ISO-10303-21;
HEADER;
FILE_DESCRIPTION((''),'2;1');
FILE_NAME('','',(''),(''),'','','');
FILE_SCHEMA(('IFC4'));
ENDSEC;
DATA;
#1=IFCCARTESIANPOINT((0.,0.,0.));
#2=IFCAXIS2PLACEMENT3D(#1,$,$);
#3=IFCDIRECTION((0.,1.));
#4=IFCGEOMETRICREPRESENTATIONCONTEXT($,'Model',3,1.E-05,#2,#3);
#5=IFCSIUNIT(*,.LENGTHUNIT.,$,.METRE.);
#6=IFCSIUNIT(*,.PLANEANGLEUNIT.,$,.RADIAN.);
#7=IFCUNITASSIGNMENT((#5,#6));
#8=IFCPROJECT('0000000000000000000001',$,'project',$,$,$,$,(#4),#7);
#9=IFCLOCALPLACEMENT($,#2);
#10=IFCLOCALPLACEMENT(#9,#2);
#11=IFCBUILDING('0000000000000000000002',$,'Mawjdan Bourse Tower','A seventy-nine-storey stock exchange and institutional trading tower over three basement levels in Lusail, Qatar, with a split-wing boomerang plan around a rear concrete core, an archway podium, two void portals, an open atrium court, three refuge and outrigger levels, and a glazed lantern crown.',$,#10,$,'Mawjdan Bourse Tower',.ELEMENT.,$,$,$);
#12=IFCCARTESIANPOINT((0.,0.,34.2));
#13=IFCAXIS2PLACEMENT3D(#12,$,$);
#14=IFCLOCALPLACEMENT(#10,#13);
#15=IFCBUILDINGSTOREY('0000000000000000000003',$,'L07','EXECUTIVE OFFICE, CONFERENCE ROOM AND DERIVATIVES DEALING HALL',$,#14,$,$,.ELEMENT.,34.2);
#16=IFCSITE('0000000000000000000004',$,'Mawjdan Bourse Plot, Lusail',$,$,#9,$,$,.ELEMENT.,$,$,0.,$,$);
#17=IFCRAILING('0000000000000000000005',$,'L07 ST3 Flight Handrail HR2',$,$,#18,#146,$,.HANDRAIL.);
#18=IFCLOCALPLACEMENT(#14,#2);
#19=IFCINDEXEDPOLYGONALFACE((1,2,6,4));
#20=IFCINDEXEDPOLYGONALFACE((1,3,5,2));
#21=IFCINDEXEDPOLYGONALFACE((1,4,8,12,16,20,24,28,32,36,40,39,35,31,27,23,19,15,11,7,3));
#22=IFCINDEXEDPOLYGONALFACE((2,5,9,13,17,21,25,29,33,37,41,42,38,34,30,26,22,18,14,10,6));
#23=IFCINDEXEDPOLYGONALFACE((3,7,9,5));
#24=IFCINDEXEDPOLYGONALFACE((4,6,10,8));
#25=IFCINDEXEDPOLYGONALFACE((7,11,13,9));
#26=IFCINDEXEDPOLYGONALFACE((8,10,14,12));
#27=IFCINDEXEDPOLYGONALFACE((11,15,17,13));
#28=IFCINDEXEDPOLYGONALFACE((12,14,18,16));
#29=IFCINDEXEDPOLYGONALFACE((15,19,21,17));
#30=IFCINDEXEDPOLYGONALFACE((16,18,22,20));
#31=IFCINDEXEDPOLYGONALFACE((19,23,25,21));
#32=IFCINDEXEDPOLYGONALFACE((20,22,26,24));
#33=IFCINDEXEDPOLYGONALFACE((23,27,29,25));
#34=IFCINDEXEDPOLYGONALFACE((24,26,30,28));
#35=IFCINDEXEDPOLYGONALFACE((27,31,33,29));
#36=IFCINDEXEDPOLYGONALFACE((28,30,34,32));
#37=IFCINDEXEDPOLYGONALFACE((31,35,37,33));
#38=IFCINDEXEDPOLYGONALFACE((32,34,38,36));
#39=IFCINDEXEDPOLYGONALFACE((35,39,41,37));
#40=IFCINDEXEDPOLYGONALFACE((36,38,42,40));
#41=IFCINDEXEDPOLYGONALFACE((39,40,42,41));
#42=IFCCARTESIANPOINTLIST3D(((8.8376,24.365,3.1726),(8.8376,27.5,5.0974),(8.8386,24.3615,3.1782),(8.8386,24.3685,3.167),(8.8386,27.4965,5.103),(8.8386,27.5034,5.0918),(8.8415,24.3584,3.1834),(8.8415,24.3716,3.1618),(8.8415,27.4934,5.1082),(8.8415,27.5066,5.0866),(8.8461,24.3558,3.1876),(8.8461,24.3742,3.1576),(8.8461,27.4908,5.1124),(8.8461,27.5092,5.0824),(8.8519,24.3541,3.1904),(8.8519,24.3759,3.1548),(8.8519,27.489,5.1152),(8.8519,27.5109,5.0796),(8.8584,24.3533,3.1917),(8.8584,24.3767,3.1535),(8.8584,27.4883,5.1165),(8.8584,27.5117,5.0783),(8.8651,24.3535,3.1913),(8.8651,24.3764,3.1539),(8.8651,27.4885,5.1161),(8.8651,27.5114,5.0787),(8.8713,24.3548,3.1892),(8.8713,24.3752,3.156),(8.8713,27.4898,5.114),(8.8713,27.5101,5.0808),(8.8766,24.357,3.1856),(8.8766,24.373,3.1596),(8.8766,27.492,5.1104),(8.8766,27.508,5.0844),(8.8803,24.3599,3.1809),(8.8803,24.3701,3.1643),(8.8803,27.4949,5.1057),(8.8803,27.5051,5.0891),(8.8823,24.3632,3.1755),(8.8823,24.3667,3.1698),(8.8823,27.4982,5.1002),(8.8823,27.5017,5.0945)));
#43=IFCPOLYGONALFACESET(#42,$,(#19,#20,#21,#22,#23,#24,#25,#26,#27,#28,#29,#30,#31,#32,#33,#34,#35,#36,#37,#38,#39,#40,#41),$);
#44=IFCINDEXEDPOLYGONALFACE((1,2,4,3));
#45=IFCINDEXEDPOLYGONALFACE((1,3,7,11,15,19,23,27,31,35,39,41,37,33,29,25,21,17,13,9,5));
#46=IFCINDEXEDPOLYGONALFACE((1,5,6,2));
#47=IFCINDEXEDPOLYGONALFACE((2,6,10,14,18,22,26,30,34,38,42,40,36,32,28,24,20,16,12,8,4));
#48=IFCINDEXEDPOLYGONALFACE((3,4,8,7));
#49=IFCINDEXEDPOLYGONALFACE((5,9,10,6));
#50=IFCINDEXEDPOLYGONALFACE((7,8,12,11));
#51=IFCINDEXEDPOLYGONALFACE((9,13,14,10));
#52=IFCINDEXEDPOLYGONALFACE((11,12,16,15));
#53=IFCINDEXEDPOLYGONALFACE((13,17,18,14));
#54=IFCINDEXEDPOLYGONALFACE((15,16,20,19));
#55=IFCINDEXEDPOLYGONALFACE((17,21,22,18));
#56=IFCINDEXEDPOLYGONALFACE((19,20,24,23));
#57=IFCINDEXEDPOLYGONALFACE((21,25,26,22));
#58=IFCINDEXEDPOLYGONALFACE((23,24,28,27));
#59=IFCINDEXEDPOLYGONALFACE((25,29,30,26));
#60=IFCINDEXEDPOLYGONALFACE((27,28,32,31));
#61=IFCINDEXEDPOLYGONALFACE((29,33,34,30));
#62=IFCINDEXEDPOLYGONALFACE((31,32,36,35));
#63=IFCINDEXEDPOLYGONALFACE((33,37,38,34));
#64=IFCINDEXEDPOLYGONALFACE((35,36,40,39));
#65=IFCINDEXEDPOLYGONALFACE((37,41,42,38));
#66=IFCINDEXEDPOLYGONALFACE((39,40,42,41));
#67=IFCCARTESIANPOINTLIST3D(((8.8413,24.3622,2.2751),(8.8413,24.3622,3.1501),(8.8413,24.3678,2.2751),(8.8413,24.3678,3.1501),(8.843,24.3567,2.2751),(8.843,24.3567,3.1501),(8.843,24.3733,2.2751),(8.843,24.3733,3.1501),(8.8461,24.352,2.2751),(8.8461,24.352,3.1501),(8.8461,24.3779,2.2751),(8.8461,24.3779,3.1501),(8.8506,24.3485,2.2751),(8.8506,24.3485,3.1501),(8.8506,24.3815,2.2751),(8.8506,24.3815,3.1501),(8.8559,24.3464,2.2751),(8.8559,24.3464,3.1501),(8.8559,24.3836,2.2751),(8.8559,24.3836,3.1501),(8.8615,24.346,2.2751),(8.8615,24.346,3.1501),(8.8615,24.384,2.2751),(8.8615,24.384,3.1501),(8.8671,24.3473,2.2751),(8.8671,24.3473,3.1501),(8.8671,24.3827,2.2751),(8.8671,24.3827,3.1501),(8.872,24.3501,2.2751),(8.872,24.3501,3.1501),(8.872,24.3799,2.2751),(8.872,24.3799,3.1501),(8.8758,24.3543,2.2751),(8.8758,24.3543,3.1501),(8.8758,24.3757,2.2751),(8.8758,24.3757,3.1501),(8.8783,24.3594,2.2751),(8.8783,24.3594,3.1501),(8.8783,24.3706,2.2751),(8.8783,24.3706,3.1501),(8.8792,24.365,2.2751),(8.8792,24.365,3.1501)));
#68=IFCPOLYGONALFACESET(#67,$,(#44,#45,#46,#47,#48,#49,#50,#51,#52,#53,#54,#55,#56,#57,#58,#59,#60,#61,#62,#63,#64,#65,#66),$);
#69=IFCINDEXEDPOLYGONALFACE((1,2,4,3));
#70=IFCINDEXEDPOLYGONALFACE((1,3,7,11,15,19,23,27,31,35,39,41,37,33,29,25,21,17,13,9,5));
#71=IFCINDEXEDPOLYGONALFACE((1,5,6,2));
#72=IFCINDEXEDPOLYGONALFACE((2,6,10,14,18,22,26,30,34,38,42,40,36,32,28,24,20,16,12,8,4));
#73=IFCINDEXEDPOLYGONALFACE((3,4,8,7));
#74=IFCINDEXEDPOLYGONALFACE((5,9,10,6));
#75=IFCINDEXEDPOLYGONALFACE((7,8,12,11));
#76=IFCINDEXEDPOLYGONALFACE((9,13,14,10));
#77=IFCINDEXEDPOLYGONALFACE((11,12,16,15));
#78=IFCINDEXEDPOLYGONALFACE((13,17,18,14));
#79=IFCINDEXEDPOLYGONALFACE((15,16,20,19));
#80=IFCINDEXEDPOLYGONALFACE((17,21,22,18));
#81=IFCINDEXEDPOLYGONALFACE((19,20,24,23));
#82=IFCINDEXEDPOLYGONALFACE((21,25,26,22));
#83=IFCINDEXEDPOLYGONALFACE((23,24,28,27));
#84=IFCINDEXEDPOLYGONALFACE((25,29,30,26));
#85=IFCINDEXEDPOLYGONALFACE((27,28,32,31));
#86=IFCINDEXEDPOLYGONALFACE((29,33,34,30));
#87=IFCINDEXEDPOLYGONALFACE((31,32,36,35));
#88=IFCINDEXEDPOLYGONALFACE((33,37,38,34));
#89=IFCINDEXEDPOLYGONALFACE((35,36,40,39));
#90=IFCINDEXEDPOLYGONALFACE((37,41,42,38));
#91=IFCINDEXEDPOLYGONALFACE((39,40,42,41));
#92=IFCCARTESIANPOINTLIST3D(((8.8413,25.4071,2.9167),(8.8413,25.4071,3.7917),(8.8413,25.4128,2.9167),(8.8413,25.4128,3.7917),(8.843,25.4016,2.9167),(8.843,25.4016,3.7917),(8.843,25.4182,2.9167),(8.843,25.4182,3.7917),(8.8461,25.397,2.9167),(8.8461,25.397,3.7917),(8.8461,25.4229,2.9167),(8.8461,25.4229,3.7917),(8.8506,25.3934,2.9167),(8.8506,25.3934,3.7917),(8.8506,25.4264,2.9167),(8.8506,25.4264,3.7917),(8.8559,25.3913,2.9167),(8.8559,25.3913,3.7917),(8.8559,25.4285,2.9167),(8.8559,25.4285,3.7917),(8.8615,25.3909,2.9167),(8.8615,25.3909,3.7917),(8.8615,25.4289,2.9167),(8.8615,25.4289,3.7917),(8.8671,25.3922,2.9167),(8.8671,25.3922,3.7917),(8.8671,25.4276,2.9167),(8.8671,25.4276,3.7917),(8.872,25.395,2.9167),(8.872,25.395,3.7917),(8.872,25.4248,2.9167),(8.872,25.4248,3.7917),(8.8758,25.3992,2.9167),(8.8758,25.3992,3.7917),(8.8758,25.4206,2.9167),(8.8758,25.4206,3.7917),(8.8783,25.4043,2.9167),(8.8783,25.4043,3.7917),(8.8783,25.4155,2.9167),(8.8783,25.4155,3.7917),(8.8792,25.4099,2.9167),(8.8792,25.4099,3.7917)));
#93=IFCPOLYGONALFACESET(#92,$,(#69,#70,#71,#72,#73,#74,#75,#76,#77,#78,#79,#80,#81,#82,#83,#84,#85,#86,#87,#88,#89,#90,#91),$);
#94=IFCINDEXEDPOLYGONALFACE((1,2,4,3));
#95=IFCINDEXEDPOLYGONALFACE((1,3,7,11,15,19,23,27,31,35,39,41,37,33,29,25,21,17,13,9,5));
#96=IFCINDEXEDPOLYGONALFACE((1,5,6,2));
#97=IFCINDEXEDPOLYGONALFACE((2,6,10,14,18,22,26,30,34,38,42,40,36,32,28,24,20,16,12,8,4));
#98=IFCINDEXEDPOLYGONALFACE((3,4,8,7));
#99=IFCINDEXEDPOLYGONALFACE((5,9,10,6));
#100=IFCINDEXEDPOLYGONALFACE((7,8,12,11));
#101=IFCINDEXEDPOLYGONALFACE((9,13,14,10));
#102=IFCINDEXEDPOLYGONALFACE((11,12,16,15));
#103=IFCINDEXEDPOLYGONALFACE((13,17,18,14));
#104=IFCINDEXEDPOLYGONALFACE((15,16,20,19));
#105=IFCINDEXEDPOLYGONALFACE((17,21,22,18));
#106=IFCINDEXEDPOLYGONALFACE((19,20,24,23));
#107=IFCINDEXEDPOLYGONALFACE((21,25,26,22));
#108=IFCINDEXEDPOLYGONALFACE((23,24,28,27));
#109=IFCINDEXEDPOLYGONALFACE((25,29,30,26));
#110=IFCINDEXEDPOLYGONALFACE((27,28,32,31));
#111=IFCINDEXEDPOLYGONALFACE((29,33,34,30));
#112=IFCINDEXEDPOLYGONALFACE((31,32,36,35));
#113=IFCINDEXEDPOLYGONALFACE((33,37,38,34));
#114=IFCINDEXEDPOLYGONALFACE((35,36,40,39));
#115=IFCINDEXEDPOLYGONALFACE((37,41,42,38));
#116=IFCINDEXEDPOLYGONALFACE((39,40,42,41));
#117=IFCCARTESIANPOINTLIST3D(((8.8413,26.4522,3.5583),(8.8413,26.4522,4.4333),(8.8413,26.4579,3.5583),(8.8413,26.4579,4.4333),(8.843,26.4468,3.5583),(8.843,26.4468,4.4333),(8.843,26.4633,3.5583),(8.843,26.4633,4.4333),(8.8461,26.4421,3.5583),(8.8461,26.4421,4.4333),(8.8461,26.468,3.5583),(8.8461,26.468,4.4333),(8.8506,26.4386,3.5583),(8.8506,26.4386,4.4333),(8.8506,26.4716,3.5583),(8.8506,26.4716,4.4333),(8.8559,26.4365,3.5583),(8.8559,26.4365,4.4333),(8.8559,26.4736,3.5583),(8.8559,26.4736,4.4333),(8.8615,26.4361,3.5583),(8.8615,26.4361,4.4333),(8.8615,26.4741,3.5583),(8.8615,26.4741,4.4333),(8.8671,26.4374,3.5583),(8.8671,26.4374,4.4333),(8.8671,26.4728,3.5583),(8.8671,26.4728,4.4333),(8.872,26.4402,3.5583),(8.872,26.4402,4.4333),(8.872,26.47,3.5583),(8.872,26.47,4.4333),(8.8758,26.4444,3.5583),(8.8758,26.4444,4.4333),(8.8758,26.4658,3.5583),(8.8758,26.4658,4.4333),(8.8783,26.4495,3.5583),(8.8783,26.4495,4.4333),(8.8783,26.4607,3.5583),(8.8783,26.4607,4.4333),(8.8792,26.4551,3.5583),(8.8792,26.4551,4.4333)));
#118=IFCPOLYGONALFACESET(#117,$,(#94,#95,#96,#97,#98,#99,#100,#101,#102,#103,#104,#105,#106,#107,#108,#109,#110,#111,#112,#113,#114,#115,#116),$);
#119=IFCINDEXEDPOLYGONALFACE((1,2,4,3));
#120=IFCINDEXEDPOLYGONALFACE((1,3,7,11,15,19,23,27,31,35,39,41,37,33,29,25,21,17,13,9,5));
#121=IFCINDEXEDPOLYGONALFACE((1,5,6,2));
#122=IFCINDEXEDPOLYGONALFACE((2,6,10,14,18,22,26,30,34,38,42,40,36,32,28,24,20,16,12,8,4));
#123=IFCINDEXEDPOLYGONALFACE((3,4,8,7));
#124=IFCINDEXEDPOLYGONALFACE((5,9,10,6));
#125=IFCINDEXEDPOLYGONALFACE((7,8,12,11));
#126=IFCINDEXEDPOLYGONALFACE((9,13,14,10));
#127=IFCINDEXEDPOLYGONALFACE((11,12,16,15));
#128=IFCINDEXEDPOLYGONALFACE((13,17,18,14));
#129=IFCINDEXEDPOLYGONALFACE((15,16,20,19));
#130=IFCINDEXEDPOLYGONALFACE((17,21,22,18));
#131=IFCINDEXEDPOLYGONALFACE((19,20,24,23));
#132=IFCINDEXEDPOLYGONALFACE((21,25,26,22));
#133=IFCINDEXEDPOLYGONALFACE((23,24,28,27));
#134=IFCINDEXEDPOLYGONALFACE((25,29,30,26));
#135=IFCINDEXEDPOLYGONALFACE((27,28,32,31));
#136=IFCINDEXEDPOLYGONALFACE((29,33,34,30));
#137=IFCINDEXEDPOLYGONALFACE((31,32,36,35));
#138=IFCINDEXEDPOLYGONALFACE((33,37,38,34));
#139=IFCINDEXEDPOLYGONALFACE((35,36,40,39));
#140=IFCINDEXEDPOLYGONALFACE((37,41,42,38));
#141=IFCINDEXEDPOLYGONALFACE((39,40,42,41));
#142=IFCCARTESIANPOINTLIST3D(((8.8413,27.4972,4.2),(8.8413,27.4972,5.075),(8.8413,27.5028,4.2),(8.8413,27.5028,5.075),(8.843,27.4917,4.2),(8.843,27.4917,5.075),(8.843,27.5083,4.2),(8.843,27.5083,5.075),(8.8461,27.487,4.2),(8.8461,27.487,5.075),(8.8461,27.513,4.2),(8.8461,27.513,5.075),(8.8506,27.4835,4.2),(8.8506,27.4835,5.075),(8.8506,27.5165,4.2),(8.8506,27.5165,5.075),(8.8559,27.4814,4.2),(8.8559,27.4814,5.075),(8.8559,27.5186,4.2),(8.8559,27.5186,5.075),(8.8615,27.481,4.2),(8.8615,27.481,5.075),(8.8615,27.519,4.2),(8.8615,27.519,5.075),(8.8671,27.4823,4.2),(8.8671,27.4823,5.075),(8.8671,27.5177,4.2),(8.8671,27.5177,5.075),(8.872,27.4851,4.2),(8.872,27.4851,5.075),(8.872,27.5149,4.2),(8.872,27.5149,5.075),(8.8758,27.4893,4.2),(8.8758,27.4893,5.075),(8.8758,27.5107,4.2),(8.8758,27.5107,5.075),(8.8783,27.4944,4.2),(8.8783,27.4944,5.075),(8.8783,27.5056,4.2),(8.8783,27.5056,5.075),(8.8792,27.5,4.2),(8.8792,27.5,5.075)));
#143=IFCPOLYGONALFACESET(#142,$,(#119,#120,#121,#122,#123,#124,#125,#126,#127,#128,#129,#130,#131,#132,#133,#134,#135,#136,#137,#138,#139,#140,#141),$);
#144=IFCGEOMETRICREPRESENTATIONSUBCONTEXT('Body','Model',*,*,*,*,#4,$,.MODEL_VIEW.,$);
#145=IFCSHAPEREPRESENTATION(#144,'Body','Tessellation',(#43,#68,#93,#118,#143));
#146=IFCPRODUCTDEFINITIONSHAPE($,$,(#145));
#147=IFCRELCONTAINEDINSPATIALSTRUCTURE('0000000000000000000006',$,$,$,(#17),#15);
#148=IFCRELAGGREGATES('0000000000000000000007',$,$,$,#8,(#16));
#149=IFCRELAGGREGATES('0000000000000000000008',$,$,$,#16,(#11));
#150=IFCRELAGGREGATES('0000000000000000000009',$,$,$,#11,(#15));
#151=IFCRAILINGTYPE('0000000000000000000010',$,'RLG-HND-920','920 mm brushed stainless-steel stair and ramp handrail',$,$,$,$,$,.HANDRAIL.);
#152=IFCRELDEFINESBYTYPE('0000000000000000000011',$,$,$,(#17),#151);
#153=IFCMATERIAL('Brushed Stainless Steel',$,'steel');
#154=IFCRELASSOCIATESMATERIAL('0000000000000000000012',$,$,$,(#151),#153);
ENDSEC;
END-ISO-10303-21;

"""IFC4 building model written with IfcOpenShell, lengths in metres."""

from ifc_helpers import new_model, si_unit, direction, frame, origin, origin_2d, place, context, subcontext, project, spatial, circle, extrude, material, type_object, element, save


model = new_model("IFC4")

# Units and contexts
model_context = context("Model", 3, precision=1e-05, world=origin(), true_north=direction((0.0, 1.0)))
body_context = subcontext(model_context, "Body", "Model", "MODEL_VIEW")
ifc_project = project(units=[si_unit("LENGTHUNIT", "METRE"), si_unit("PLANEANGLEUNIT", "RADIAN")], contexts=[model_context])

# Site, building, storey
site_placement = place(None, origin())
site = spatial("IfcSite", under=ifc_project, at=site_placement, Name="Mawjdan Bourse Plot, Lusail", CompositionType="ELEMENT", RefElevation=0.0)
building_placement = place(site_placement, origin())
building = spatial("IfcBuilding", under=site, at=building_placement, Name="Mawjdan Bourse Tower", Description="A seventy-nine-storey stock exchange and institutional trading tower over three basement levels in Lusail, Qatar, with a split-wing boomerang plan around a rear concrete core, an archway podium, two void portals, an open atrium court, three refuge and outrigger levels, and a glazed lantern crown.", LongName="Mawjdan Bourse Tower", CompositionType="ELEMENT")
storey_placement = place(building_placement, frame((0.0, 0.0, 34.2)))
storey = spatial("IfcBuildingStorey", under=building, at=storey_placement, Name="L07", Description="EXECUTIVE OFFICE, CONFERENCE ROOM AND DERIVATIVES DEALING HALL", CompositionType="ELEMENT", Elevation=34.2)

# Railing
ifc_material_1 = material(Name="Brushed Stainless Steel", Category="steel")
railing_type_1 = type_object("IfcRailingType", Name="RLG-HND-920", Description="920 mm brushed stainless-steel stair and ramp handrail", PredefinedType="HANDRAIL", material=ifc_material_1)
railing_1_placement = place(storey_placement, frame((8.8601, 24.365, 2.2751)))
element("IfcRailing", 1, at=railing_1_placement, inside=storey, type_object=railing_type_1, Name="L07 ST3 Flight Handrail HR2", PredefinedType="HANDRAIL", context=body_context, shape_type="SweptSolid", body=[
    extrude(circle(Radius=0.0225, at=origin_2d()), frame((0.0, 0.0, 0.8975), z_axis=(0.0, 0.852196, 0.523223), x_axis=(-1.0, 0.0, 0.0)), (0.0, 0.0, 1.0), 3.6787),
    extrude(circle(Radius=0.019, at=origin_2d()), origin(), (0.0, 0.0, 1.0), 0.875),
    extrude(circle(Radius=0.019, at=origin_2d()), frame((0.0, 1.0449, 0.6416)), (0.0, 0.0, 1.0), 0.875),
    extrude(circle(Radius=0.019, at=origin_2d()), frame((0.0, 2.0901, 1.2832)), (0.0, 0.0, 1.0), 0.875),
    extrude(circle(Radius=0.019, at=origin_2d()), frame((0.0, 3.135, 1.9248)), (0.0, 0.0, 1.0), 0.875),
])

save(model, "model.ifc")
